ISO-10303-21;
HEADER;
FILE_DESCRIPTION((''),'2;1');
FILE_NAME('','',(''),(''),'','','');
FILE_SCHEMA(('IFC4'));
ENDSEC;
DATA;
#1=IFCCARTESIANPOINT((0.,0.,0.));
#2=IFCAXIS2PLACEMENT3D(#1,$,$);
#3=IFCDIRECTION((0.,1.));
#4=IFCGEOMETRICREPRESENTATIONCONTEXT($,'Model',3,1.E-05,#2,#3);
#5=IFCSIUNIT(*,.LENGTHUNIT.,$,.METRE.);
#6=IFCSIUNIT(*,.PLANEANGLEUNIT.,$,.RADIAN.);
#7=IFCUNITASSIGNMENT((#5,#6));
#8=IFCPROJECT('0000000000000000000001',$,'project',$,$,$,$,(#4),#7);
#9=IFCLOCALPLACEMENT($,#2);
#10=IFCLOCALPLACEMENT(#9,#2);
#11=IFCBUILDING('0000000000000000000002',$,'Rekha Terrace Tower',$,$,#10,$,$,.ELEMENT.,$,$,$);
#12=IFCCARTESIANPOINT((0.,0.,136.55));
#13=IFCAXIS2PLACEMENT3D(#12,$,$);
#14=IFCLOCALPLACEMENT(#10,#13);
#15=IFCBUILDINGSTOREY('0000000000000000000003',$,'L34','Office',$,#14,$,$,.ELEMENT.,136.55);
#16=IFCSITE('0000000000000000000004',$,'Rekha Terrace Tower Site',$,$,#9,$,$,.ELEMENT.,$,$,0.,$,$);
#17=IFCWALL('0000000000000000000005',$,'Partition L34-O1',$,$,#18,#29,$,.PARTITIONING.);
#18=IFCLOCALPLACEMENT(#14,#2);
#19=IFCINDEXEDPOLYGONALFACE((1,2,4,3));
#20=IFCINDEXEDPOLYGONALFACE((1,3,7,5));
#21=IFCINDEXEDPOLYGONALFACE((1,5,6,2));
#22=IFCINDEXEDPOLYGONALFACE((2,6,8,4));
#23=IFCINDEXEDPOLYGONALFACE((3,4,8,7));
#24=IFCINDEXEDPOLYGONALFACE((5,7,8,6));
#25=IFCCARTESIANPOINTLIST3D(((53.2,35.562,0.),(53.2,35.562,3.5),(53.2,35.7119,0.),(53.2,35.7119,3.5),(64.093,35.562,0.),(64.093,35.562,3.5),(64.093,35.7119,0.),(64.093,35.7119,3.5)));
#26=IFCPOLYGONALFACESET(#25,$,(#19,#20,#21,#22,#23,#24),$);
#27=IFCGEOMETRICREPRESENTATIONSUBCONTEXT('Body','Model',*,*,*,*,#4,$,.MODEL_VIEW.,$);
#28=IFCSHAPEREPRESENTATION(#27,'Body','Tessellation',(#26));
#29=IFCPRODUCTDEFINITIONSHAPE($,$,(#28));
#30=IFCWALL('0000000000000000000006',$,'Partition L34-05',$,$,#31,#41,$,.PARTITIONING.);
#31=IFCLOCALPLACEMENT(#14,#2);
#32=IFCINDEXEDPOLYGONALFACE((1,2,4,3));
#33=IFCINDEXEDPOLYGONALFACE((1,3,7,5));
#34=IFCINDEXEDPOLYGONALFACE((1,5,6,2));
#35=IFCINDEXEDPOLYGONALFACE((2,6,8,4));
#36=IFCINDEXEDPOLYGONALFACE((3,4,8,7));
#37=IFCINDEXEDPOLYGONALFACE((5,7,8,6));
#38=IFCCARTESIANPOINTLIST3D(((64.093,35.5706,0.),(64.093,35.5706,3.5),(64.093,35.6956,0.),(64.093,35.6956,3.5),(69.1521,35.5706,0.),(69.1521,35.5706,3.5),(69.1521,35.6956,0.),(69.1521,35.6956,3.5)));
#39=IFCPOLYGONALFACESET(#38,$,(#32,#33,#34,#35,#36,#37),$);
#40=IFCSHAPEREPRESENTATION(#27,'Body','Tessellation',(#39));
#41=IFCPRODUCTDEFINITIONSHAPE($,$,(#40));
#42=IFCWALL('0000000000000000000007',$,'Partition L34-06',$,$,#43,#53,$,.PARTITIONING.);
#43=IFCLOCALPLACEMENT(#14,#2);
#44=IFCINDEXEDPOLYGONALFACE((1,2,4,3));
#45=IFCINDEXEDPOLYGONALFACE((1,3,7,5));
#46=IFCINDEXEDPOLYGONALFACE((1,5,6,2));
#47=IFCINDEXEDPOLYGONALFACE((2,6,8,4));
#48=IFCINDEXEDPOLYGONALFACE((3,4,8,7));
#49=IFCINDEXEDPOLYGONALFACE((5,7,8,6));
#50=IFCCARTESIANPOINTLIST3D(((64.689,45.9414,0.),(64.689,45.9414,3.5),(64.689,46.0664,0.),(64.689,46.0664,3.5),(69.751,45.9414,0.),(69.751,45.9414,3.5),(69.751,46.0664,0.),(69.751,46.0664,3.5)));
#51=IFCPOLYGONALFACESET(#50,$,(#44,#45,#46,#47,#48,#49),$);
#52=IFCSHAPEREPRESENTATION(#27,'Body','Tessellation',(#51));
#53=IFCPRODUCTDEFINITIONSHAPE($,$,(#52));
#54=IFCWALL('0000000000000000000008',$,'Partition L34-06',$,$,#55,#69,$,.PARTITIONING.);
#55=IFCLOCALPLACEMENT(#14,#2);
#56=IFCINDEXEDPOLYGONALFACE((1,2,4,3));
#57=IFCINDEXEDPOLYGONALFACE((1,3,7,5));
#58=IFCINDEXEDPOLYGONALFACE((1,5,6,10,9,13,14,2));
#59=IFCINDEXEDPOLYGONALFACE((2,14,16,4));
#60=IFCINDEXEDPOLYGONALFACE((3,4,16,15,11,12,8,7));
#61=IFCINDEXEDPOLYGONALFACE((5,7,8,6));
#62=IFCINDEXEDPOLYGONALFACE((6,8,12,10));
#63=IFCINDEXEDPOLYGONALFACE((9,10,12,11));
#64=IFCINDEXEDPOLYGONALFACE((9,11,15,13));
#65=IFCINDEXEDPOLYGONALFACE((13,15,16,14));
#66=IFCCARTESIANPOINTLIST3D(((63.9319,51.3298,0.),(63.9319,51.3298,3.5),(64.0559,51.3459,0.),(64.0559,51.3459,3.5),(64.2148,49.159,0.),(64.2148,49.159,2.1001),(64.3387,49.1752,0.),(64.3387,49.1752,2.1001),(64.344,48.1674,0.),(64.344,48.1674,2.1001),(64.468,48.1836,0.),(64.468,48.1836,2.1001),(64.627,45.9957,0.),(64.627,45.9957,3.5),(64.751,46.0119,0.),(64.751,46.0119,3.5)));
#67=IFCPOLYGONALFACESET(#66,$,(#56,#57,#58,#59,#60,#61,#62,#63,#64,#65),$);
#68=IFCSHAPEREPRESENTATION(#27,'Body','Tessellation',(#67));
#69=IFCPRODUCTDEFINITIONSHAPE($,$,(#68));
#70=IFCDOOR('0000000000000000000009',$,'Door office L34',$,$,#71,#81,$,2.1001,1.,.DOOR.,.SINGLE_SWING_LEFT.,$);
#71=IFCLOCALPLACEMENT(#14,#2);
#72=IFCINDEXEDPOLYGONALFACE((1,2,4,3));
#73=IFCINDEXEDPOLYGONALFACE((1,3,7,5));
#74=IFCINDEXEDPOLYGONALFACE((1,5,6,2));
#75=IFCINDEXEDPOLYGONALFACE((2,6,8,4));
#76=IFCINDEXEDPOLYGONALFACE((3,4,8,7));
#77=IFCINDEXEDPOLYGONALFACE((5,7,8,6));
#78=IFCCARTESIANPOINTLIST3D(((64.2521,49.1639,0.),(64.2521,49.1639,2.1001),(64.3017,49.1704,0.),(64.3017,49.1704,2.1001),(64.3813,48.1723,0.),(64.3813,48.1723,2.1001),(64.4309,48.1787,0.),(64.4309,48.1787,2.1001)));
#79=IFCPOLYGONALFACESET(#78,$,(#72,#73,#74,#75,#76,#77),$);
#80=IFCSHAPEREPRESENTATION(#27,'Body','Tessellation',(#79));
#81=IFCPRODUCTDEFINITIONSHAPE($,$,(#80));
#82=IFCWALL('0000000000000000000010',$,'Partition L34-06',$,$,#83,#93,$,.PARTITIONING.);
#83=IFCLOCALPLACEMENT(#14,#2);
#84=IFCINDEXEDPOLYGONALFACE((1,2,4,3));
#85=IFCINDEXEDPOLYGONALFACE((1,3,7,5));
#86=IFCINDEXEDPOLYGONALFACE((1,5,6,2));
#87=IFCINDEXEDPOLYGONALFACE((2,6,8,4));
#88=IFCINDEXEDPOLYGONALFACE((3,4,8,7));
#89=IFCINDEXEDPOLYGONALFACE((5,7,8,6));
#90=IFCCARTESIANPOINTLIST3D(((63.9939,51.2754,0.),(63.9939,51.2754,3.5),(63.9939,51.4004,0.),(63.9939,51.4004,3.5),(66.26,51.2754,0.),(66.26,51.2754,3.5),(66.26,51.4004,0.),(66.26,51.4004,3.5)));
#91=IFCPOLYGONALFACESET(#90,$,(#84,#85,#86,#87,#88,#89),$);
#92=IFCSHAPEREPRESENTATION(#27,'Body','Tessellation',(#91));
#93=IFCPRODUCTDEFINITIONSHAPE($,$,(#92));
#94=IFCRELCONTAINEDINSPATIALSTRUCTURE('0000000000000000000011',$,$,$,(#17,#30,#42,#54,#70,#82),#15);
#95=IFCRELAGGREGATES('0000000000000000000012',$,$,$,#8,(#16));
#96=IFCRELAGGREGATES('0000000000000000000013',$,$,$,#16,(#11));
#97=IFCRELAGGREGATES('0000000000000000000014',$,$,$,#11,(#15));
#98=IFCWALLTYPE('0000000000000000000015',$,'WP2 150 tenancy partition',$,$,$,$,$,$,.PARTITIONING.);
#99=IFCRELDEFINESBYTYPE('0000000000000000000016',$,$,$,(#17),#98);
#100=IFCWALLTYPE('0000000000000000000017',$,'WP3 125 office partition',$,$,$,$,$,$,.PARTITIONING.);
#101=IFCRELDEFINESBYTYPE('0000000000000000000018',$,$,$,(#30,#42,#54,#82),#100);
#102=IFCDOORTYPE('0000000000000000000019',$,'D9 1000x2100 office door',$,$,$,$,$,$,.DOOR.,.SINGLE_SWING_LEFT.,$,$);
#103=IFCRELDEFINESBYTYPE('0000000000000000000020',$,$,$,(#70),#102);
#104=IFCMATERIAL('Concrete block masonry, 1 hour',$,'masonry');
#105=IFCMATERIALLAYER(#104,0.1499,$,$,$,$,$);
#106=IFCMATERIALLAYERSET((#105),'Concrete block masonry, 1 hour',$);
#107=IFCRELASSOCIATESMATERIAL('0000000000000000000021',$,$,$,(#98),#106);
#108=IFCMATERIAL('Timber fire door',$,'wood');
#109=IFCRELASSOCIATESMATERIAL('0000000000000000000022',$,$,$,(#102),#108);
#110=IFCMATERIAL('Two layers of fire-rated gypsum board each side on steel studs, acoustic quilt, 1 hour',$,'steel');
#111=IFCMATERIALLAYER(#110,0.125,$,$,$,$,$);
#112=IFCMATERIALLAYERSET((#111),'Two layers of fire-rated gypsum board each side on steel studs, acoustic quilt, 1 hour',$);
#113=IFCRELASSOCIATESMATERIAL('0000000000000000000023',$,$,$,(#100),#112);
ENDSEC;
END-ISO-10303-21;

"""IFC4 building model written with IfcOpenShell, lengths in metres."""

from ifc_helpers import new_model, si_unit, direction, frame, frame_2d, origin, place, context, subcontext, project, spatial, rectangle, extrude, material, layer, layer_set, type_object, element, fill, save


model = new_model("IFC4")

# Units and contexts
model_context = context("Model", 3, precision=1e-05, world=origin(), true_north=direction((0.0, 1.0)))
body_context = subcontext(model_context, "Body", "Model", "MODEL_VIEW")
ifc_project = project(units=[si_unit("LENGTHUNIT", "METRE"), si_unit("PLANEANGLEUNIT", "RADIAN")], contexts=[model_context])

# Site, building, storey
site_placement = place(None, origin())
site = spatial("IfcSite", under=ifc_project, at=site_placement, Name="Rekha Terrace Tower Site", CompositionType="ELEMENT", RefElevation=0.0)
building_placement = place(site_placement, origin())
building = spatial("IfcBuilding", under=site, at=building_placement, Name="Rekha Terrace Tower", CompositionType="ELEMENT")
storey_placement = place(building_placement, frame((0.0, 0.0, 136.55)))
storey = spatial("IfcBuildingStorey", under=building, at=storey_placement, Name="L34", Description="Office", CompositionType="ELEMENT", Elevation=136.55)

# Shared definitions
ifc_material_1 = material(Name="Concrete block masonry, 1 hour", Category="masonry")
ifc_layer_1 = layer(ifc_material_1, 0.1499)
ifc_layer_set_1 = layer_set([ifc_layer_1], Name="Concrete block masonry, 1 hour")
wall_type_1 = type_object("IfcWallType", Name="WP2 150 tenancy partition", PredefinedType="PARTITIONING", material=ifc_layer_set_1)

# Shared definitions
ifc_material_2 = material(Name="Timber fire door", Category="wood")
door_type = type_object("IfcDoorType", Name="D9 1000x2100 office door", OperationType="SINGLE_SWING_LEFT", PredefinedType="DOOR", material=ifc_material_2)

# Walls
wall_1_placement = place(storey_placement, frame((53.2, 35.637, 0.0), z_axis=(0.0, 0.0, 1.0), x_axis=(1.0, 0.0, 0.0)))
element("IfcWall", 1, at=wall_1_placement, inside=storey, type_object=wall_type_1, Name="Partition L34-O1", PredefinedType="PARTITIONING", context=body_context, shape_type="SweptSolid", body=[
    extrude(rectangle(XDim=10.8931, YDim=0.1499, at=frame_2d((5.4465, 0.0))), origin(), (0.0, 0.0, 1.0), 3.5),
])
ifc_material_3 = material(Name="Two layers of fire-rated gypsum board each side on steel studs, acoustic quilt, 1 hour", Category="steel")
ifc_layer_2 = layer(ifc_material_3, 0.125)
ifc_layer_set_2 = layer_set([ifc_layer_2], Name="Two layers of fire-rated gypsum board each side on steel studs, acoustic quilt, 1 hour")
wall_type_2 = type_object("IfcWallType", Name="WP3 125 office partition", PredefinedType="PARTITIONING", material=ifc_layer_set_2)
wall_2_placement = place(storey_placement, frame((64.093, 35.6331, 0.0), z_axis=(0.0, 0.0, 1.0), x_axis=(1.0, 0.0, 0.0)))
element("IfcWall", 2, at=wall_2_placement, inside=storey, type_object=wall_type_2, Name="Partition L34-05", PredefinedType="PARTITIONING", context=body_context, shape_type="SweptSolid", body=[
    extrude(rectangle(XDim=5.0591, YDim=0.125, at=frame_2d((2.5295, 0.0))), origin(), (0.0, 0.0, 1.0), 3.5),
])
wall_3_placement = place(storey_placement, frame((69.751, 46.0039, 0.0), z_axis=(0.0, 0.0, 1.0), x_axis=(-1.0, 0.0, 0.0)))
element("IfcWall", 3, at=wall_3_placement, inside=storey, type_object=wall_type_2, Name="Partition L34-06", PredefinedType="PARTITIONING", context=body_context, shape_type="SweptSolid", body=[
    extrude(rectangle(XDim=5.062, YDim=0.125, at=frame_2d((2.531, 0.0))), origin(), (0.0, 0.0, 1.0), 3.5),
])

# Wall, opening, door
wall_4_placement = place(storey_placement, frame((64.689, 46.0039, 0.0), z_axis=(0.0, 0.0, 1.0), x_axis=(-0.129217, 0.991616, 0.0)))
wall_4 = element("IfcWall", 4, at=wall_4_placement, inside=storey, type_object=wall_type_2, Name="Partition L34-06", PredefinedType="PARTITIONING", context=body_context, shape_type="SweptSolid", body=[
    extrude(rectangle(XDim=5.3792, YDim=0.125, at=frame_2d((2.6895, 0.0))), origin(), (0.0, 0.0, 1.0), 3.5),
])
opening_1_placement = place(wall_4_placement, frame((2.1899, 0.0, 0.0)))
opening_1 = element("IfcOpeningElement", 5, at=opening_1_placement, cuts=wall_4, PredefinedType="OPENING", context=body_context, shape_type="SweptSolid", body=[
    extrude(rectangle(XDim=1.0, YDim=2.1001, at=frame_2d((0.5, 1.05))), frame((0.0, 0.0725, 0.0), z_axis=(0.0, -1.0, 0.0), x_axis=(1.0, 0.0, 0.0)), (0.0, 0.0, 1.0), 0.145),
])
door_1_placement = place(opening_1_placement, origin())
door_1 = element("IfcDoor", 6, at=door_1_placement, inside=storey, type_object=door_type, Name="Door office L34", OperationType="SINGLE_SWING_LEFT", OverallHeight=2.1001, OverallWidth=1.0, PredefinedType="DOOR", context=body_context, shape_type="SweptSolid", body=[
    extrude(rectangle(XDim=1.0, YDim=2.1001, at=frame_2d((0.5, 1.05))), frame((0.0, 0.0249, 0.0), z_axis=(0.0, -1.0, 0.0), x_axis=(1.0, 0.0, 0.0)), (0.0, 0.0, 1.0), 0.05),
])
fill(opening_1, door_1)

# Wall
wall_5_placement = place(storey_placement, frame((63.9939, 51.3379, 0.0), z_axis=(0.0, 0.0, 1.0), x_axis=(1.0, 0.0, 0.0)))
element("IfcWall", 7, at=wall_5_placement, inside=storey, type_object=wall_type_2, Name="Partition L34-06", PredefinedType="PARTITIONING", context=body_context, shape_type="SweptSolid", body=[
    extrude(rectangle(XDim=2.2661, YDim=0.125, at=frame_2d((1.1331, 0.0))), origin(), (0.0, 0.0, 1.0), 3.5),
])

save(model, "model.ifc")
